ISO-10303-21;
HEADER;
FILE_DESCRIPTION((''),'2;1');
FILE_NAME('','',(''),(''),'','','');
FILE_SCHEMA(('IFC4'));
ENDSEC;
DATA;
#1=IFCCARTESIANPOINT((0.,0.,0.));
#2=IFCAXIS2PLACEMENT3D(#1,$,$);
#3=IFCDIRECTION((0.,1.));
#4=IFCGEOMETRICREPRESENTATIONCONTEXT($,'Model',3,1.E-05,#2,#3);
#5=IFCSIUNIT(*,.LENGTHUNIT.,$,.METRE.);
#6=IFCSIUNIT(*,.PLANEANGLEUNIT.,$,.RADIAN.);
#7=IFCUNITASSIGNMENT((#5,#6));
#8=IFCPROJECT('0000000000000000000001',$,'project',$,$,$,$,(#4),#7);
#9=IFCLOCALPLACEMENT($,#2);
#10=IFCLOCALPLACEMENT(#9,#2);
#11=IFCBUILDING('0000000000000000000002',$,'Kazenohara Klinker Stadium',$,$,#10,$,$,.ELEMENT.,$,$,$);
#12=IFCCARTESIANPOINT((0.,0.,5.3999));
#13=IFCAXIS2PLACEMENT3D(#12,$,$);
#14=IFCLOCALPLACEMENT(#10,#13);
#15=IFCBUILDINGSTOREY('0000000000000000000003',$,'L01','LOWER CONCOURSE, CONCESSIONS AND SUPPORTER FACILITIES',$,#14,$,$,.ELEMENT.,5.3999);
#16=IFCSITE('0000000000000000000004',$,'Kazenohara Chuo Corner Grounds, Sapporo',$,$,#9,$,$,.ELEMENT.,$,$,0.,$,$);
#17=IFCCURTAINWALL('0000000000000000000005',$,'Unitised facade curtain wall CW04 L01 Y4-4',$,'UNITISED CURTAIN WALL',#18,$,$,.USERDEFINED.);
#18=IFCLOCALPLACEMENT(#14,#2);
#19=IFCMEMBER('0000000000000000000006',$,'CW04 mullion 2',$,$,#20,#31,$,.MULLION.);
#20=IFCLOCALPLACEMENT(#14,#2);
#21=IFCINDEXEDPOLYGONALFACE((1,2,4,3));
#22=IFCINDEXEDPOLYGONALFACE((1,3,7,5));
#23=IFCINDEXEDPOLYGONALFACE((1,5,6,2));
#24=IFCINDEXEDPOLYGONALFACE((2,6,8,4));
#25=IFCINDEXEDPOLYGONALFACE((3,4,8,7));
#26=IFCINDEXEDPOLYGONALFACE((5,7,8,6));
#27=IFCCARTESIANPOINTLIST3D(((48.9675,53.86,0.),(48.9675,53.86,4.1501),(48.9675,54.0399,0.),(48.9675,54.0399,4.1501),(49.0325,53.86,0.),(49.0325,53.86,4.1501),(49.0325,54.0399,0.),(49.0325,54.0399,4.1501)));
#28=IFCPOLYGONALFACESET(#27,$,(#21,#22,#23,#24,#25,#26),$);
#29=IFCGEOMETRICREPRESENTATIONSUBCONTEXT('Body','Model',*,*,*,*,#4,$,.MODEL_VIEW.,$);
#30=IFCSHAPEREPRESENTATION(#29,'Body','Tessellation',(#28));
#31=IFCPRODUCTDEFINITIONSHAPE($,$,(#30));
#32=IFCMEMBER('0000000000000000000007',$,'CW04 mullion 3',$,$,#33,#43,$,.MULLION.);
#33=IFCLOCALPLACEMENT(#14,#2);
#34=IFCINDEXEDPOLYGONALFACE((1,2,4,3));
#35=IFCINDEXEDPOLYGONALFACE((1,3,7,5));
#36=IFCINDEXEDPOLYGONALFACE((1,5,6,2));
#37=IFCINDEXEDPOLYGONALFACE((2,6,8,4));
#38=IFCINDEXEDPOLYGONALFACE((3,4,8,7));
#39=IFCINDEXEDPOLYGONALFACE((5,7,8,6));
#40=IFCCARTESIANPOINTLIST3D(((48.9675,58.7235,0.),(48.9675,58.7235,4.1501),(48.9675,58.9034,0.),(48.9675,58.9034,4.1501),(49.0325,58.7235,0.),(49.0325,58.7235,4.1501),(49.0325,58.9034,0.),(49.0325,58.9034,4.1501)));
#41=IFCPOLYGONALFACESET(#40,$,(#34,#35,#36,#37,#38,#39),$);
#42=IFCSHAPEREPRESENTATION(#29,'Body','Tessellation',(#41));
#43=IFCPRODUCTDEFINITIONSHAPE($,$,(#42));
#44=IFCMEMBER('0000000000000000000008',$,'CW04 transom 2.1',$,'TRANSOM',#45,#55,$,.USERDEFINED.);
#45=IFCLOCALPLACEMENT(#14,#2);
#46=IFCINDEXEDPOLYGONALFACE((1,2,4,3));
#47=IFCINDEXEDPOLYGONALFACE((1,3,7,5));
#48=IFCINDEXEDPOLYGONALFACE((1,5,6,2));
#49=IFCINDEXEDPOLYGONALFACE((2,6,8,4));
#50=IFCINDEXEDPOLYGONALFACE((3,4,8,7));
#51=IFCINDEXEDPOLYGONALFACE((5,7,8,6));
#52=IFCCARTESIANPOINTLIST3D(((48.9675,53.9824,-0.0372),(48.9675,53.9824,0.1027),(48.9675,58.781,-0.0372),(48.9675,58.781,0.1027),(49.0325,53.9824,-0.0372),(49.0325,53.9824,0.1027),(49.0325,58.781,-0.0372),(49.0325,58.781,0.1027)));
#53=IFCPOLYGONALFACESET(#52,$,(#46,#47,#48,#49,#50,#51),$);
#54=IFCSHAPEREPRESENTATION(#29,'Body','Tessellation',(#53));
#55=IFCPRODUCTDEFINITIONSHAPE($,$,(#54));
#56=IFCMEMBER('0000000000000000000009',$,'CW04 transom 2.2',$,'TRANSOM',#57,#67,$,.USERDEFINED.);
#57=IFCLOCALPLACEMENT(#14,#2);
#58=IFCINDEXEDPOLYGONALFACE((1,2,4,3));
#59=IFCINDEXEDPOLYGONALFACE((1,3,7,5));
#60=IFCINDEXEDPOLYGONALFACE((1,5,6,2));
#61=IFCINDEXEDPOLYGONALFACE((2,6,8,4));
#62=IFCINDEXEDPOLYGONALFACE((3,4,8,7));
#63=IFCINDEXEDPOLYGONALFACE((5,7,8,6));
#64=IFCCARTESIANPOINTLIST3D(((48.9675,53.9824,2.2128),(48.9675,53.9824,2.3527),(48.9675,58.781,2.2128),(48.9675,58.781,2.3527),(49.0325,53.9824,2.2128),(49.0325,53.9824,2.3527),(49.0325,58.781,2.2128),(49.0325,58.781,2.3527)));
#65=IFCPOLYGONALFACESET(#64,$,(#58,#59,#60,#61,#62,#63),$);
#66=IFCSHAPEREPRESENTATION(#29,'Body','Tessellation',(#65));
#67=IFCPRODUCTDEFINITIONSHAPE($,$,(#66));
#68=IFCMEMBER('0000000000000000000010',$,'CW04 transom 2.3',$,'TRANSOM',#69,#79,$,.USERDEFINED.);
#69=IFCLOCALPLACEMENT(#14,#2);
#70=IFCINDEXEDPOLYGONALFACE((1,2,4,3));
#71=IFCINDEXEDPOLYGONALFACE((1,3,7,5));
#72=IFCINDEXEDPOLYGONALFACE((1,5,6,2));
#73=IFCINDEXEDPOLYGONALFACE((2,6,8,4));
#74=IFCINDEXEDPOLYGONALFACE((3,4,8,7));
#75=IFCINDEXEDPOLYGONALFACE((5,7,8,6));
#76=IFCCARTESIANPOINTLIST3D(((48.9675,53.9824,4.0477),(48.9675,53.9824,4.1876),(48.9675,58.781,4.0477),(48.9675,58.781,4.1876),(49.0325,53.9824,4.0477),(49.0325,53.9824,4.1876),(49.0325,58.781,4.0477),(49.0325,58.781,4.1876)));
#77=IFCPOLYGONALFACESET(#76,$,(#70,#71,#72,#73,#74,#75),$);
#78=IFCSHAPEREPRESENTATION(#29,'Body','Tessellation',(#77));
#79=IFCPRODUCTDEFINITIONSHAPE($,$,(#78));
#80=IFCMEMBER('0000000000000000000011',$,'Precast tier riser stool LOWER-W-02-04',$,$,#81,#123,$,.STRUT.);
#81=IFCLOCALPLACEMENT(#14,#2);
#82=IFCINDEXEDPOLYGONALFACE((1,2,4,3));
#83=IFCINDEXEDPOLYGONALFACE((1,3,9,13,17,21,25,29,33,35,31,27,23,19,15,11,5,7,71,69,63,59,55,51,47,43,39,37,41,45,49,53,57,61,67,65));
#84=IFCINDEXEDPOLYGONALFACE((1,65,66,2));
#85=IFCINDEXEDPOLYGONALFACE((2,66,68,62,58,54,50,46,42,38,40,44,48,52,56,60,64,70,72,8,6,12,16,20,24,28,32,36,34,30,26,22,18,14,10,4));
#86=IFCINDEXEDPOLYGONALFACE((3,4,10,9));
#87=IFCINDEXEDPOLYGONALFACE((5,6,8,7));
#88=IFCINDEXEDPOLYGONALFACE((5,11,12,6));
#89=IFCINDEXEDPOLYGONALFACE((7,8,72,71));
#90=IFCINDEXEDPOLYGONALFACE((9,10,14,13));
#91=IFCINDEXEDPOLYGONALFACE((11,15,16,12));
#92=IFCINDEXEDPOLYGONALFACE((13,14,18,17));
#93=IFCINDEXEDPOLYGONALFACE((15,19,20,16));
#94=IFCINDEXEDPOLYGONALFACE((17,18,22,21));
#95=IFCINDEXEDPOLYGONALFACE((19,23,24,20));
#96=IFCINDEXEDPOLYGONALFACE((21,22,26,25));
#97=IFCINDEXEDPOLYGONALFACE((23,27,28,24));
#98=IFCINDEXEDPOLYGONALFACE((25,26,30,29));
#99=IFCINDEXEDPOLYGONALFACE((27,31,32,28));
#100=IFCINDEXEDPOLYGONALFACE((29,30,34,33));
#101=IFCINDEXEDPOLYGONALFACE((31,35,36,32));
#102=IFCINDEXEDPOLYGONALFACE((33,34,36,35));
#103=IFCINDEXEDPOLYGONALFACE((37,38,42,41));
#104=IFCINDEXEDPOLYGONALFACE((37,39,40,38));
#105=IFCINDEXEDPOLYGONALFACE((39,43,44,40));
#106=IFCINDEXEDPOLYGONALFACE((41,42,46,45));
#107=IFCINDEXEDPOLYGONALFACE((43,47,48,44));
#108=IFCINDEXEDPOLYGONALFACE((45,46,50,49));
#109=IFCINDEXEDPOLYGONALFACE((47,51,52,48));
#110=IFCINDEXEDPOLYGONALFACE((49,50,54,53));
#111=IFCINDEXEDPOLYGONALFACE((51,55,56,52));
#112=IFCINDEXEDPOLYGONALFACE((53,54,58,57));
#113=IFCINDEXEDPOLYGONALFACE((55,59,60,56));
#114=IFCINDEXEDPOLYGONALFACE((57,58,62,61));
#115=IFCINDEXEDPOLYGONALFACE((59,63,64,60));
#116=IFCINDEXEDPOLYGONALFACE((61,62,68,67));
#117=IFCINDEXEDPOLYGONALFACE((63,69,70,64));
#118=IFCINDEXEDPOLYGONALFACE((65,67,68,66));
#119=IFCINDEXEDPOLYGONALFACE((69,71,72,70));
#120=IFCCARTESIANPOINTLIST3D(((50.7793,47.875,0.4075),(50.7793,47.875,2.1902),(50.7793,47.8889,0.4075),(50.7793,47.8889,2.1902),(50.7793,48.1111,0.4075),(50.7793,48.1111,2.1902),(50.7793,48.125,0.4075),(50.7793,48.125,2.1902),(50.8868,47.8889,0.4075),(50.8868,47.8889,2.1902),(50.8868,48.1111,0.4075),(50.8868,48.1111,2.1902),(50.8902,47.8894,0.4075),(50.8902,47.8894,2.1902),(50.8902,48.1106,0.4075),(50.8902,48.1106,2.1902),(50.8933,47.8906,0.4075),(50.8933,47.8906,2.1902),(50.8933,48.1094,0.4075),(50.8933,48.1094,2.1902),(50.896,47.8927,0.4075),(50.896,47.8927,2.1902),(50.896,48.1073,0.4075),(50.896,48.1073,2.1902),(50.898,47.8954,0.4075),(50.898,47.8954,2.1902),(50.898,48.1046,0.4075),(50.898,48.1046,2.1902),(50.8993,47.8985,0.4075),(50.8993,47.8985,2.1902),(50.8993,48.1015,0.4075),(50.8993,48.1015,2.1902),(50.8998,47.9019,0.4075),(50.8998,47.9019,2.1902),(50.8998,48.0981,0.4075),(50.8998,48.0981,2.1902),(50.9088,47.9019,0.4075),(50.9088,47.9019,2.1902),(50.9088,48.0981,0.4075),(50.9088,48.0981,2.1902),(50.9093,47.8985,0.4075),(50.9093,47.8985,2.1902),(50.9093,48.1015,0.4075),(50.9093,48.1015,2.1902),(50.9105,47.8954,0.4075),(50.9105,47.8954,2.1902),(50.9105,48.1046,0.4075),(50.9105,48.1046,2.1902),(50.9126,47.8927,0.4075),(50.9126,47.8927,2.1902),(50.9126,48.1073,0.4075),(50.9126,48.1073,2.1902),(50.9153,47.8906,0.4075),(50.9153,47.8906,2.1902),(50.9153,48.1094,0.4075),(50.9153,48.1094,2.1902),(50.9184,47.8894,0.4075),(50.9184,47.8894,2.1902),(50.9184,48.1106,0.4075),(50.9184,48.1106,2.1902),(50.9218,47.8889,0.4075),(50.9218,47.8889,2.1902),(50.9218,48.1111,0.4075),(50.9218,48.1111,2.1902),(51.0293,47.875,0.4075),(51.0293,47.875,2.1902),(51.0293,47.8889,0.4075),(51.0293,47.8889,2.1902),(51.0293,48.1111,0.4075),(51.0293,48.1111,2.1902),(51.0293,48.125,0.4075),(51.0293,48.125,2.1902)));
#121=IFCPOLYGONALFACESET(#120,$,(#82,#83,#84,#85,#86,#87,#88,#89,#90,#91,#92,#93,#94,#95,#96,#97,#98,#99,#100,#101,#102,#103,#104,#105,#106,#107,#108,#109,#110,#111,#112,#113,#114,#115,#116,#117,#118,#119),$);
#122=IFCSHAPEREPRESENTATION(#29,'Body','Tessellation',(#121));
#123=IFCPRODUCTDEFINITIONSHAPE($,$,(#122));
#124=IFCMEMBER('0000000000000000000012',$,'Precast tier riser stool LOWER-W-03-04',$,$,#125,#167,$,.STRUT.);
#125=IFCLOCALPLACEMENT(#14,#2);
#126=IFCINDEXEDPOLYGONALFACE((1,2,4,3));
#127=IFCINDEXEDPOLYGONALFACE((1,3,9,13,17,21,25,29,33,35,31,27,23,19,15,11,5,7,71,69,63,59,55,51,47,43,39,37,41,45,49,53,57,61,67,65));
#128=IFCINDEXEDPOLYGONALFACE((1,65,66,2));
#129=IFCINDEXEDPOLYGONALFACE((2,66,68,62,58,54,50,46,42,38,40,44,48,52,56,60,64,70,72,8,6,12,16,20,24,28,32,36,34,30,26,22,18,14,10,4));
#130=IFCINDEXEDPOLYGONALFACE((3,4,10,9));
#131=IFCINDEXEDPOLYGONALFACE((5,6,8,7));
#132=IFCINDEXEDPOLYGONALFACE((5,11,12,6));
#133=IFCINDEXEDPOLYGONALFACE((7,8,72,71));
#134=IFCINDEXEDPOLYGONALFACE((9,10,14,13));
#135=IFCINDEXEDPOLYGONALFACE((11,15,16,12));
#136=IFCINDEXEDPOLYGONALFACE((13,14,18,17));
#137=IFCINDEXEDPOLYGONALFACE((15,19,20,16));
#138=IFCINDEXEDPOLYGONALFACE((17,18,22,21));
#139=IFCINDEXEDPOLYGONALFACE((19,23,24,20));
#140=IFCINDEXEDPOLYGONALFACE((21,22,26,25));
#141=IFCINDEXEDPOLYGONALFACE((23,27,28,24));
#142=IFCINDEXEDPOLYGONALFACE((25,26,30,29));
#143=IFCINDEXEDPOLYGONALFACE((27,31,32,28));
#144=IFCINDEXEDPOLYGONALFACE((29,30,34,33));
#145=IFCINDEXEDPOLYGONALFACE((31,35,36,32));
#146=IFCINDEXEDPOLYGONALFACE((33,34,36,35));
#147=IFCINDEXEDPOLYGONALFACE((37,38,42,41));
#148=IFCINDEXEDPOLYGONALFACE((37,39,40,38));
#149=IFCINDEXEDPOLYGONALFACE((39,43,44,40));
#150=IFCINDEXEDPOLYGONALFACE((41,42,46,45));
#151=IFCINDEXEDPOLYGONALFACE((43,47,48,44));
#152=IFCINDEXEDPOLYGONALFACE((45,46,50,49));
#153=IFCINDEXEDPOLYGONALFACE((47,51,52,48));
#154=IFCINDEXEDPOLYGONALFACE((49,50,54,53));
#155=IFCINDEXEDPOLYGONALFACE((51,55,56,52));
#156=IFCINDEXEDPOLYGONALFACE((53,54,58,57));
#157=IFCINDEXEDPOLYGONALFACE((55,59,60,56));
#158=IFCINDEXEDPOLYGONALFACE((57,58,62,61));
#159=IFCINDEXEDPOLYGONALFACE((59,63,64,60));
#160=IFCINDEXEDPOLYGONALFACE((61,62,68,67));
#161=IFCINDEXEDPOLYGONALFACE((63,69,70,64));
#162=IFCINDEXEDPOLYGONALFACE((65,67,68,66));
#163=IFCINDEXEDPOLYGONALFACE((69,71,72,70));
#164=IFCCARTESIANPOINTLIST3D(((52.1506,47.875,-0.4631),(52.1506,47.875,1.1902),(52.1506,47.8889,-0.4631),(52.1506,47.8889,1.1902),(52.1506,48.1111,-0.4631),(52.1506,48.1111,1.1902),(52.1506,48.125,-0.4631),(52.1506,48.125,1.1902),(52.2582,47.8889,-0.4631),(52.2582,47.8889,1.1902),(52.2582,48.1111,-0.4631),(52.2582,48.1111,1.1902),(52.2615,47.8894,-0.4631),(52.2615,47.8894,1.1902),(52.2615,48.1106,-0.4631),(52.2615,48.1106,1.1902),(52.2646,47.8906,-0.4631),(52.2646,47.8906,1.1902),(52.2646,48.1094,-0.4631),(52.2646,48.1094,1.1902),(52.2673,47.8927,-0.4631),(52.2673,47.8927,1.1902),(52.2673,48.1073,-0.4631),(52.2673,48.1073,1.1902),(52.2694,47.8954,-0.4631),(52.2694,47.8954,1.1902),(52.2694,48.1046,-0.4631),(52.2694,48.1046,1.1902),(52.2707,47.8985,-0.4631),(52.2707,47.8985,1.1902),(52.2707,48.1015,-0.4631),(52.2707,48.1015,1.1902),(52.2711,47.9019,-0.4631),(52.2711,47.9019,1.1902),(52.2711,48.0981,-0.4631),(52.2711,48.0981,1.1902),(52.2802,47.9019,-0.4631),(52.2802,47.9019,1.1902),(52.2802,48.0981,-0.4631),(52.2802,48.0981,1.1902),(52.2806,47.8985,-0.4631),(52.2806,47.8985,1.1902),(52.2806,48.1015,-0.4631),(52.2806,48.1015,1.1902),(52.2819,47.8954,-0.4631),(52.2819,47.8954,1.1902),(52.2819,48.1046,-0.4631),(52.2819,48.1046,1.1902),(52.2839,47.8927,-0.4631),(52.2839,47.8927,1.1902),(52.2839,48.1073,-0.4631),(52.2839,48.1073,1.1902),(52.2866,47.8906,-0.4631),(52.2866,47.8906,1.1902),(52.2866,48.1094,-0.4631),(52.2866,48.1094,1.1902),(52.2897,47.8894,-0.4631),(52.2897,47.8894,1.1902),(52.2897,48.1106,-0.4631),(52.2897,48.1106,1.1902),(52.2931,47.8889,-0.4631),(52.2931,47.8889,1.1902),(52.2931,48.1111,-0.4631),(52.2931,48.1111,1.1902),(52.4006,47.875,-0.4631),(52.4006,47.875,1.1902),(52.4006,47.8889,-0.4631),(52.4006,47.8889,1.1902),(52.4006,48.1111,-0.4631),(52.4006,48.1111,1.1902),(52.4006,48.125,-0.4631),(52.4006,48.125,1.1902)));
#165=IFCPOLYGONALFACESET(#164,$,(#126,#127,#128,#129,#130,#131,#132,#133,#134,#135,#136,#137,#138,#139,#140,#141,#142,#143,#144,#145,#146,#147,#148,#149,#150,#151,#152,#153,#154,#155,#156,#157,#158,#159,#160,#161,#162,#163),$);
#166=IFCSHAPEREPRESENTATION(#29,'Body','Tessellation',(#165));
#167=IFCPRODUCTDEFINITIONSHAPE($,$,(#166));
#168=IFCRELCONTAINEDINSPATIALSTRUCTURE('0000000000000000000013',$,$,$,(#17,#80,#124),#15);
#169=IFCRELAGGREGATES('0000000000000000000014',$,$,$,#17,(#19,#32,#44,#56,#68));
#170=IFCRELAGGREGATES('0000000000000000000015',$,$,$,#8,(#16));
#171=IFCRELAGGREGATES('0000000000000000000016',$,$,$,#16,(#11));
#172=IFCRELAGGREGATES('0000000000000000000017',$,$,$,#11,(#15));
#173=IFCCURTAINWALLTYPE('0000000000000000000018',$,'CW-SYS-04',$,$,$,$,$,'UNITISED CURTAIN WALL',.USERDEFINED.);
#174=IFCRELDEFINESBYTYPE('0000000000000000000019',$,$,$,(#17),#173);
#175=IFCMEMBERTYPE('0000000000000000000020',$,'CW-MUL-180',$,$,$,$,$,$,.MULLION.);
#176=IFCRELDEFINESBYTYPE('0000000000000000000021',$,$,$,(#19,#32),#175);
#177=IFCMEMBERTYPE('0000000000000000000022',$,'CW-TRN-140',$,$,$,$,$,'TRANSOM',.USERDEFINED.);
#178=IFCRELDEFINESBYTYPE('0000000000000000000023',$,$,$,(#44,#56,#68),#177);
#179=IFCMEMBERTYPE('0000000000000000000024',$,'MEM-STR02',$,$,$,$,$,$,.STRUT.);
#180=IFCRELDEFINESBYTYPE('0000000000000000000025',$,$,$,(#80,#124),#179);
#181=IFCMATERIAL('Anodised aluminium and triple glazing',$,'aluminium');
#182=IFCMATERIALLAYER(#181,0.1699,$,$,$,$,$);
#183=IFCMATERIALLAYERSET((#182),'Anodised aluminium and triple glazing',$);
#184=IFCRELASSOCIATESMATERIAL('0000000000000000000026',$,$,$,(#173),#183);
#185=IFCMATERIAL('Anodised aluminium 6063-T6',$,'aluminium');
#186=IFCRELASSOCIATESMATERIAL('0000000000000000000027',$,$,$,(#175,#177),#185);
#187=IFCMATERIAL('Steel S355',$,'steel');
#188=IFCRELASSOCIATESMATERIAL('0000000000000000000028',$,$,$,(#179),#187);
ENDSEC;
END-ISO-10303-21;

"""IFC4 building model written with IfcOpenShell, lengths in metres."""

from ifc_helpers import new_model, si_unit, direction, frame, origin, origin_2d, place, context, subcontext, project, spatial, rectangle, i_section, extrude, material, layer, layer_set, material_profile, profile_set, type_object, element, aggregate, save


model = new_model("IFC4")

# Units and contexts
model_context = context("Model", 3, precision=1e-05, world=origin(), true_north=direction((0.0, 1.0)))
body_context = subcontext(model_context, "Body", "Model", "MODEL_VIEW")
ifc_project = project(units=[si_unit("LENGTHUNIT", "METRE"), si_unit("PLANEANGLEUNIT", "RADIAN")], contexts=[model_context])

# Site, building, storey
site_placement = place(None, origin())
site = spatial("IfcSite", under=ifc_project, at=site_placement, Name="Kazenohara Chuo Corner Grounds, Sapporo", CompositionType="ELEMENT", RefElevation=0.0)
building_placement = place(site_placement, origin())
building = spatial("IfcBuilding", under=site, at=building_placement, Name="Kazenohara Klinker Stadium", CompositionType="ELEMENT")
storey_placement = place(building_placement, frame((0.0, 0.0, 5.3999)))
storey = spatial("IfcBuildingStorey", under=building, at=storey_placement, Name="L01", Description="LOWER CONCOURSE, CONCESSIONS AND SUPPORTER FACILITIES", CompositionType="ELEMENT", Elevation=5.3999)

# Curtain wall, members
ifc_material_1 = material(Name="Anodised aluminium and triple glazing", Category="aluminium")
ifc_layer_1 = layer(ifc_material_1, 0.1699)
ifc_layer_set_1 = layer_set([ifc_layer_1], Name="Anodised aluminium and triple glazing")
curtain_wall_type = type_object("IfcCurtainWallType", Name="CW-SYS-04", ElementType="UNITISED CURTAIN WALL", PredefinedType="USERDEFINED", material=ifc_layer_set_1)
curtain_wall_placement = place(storey_placement, origin())
curtain_wall = element("IfcCurtainWall", 1, at=curtain_wall_placement, inside=storey, type_object=curtain_wall_type, Name="Unitised facade curtain wall CW04 L01 Y4-4", ObjectType="UNITISED CURTAIN WALL", PredefinedType="USERDEFINED")
ifc_material_2 = material(Name="Anodised aluminium 6063-T6", Category="aluminium")
ifc_material_profile_1 = material_profile(ifc_material_2, rectangle(XDim=0.0649, YDim=0.1799, at=origin_2d()), Name="ALU-MUL-65x180")
ifc_profile_set_1 = profile_set([ifc_material_profile_1], Name="Anodised aluminium 6063-T6")
member_type_1 = type_object("IfcMemberType", Name="CW-MUL-180", PredefinedType="MULLION", material=ifc_profile_set_1)
member_1_placement = place(storey_placement, frame((49.0, 53.95, 0.0), z_axis=(0.0, 0.0, 1.0), x_axis=(-1.0, 0.0, 0.0)))
member_1 = element("IfcMember", 2, at=member_1_placement, type_object=member_type_1, Name="CW04 mullion 2", PredefinedType="MULLION", context=body_context, shape_type="SweptSolid", body=[
    extrude(rectangle(XDim=0.0649, YDim=0.1799, at=origin_2d()), origin(), (0.0, 0.0, 1.0), 4.1501),
])
member_2_placement = place(storey_placement, frame((49.0, 58.8135, 0.0), z_axis=(0.0, 0.0, 1.0), x_axis=(-1.0, 0.0, 0.0)))
member_2 = element("IfcMember", 3, at=member_2_placement, type_object=member_type_1, Name="CW04 mullion 3", PredefinedType="MULLION", context=body_context, shape_type="SweptSolid", body=[
    extrude(rectangle(XDim=0.0649, YDim=0.1799, at=origin_2d()), origin(), (0.0, 0.0, 1.0), 4.1501),
])
ifc_material_profile_2 = material_profile(ifc_material_2, rectangle(XDim=0.0649, YDim=0.1399, at=origin_2d()), Name="ALU-TRN-65x140")
ifc_profile_set_2 = profile_set([ifc_material_profile_2], Name="Anodised aluminium 6063-T6")
member_type_2 = type_object("IfcMemberType", Name="CW-TRN-140", ElementType="TRANSOM", PredefinedType="USERDEFINED", material=ifc_profile_set_2)
member_3_placement = place(storey_placement, frame((49.0, 53.9824, 0.0327), z_axis=(0.0, 1.0, 0.0), x_axis=(-1.0, 0.0, 0.0)))
member_3 = element("IfcMember", 4, at=member_3_placement, type_object=member_type_2, Name="CW04 transom 2.1", ObjectType="TRANSOM", PredefinedType="USERDEFINED", context=body_context, shape_type="SweptSolid", body=[
    extrude(rectangle(XDim=0.0649, YDim=0.1399, at=origin_2d()), origin(), (0.0, 0.0, 1.0), 4.7986),
])
member_4_placement = place(storey_placement, frame((49.0, 53.9824, 2.2827), z_axis=(0.0, 1.0, 0.0), x_axis=(-1.0, 0.0, 0.0)))
member_4 = element("IfcMember", 5, at=member_4_placement, type_object=member_type_2, Name="CW04 transom 2.2", ObjectType="TRANSOM", PredefinedType="USERDEFINED", context=body_context, shape_type="SweptSolid", body=[
    extrude(rectangle(XDim=0.0649, YDim=0.1399, at=origin_2d()), origin(), (0.0, 0.0, 1.0), 4.7986),
])
member_5_placement = place(storey_placement, frame((49.0, 53.9824, 4.1177), z_axis=(0.0, 1.0, 0.0), x_axis=(-1.0, 0.0, 0.0)))
member_5 = element("IfcMember", 6, at=member_5_placement, type_object=member_type_2, Name="CW04 transom 2.3", ObjectType="TRANSOM", PredefinedType="USERDEFINED", context=body_context, shape_type="SweptSolid", body=[
    extrude(rectangle(XDim=0.0649, YDim=0.1399, at=origin_2d()), origin(), (0.0, 0.0, 1.0), 4.7986),
])

# Members
ifc_material_3 = material(Name="Steel S355", Category="steel")
ifc_material_profile_3 = material_profile(ifc_material_3, i_section(OverallWidth=0.25, OverallDepth=0.25, WebThickness=0.009, FlangeThickness=0.0139, FilletRadius=0.0129, at=origin_2d()), Name="H-250x250x9x14")
ifc_profile_set_3 = profile_set([ifc_material_profile_3], Name="Steel S355")
member_type_3 = type_object("IfcMemberType", Name="MEM-STR02", PredefinedType="STRUT", material=ifc_profile_set_3)
member_6_placement = place(storey_placement, frame((50.9043, 48.0, 0.4075), z_axis=(0.0, 0.0, 1.0), x_axis=(1.0, 0.0, 0.0)))
element("IfcMember", 7, at=member_6_placement, inside=storey, type_object=member_type_3, Name="Precast tier riser stool LOWER-W-02-04", PredefinedType="STRUT", context=body_context, shape_type="SweptSolid", body=[
    extrude(i_section(OverallWidth=0.25, OverallDepth=0.25, WebThickness=0.009, FlangeThickness=0.0139, FilletRadius=0.0129, at=origin_2d()), origin(), (0.0, 0.0, 1.0), 1.7827),
])
member_7_placement = place(storey_placement, frame((52.2756, 48.0, -0.4631), z_axis=(0.0, 0.0, 1.0), x_axis=(1.0, 0.0, 0.0)))
element("IfcMember", 8, at=member_7_placement, inside=storey, type_object=member_type_3, Name="Precast tier riser stool LOWER-W-03-04", PredefinedType="STRUT", context=body_context, shape_type="SweptSolid", body=[
    extrude(i_section(OverallWidth=0.25, OverallDepth=0.25, WebThickness=0.009, FlangeThickness=0.0139, FilletRadius=0.0129, at=origin_2d()), origin(), (0.0, 0.0, 1.0), 1.6533),
])

aggregate(curtain_wall, [member_1, member_2, member_3, member_4, member_5])

save(model, "model.ifc")
